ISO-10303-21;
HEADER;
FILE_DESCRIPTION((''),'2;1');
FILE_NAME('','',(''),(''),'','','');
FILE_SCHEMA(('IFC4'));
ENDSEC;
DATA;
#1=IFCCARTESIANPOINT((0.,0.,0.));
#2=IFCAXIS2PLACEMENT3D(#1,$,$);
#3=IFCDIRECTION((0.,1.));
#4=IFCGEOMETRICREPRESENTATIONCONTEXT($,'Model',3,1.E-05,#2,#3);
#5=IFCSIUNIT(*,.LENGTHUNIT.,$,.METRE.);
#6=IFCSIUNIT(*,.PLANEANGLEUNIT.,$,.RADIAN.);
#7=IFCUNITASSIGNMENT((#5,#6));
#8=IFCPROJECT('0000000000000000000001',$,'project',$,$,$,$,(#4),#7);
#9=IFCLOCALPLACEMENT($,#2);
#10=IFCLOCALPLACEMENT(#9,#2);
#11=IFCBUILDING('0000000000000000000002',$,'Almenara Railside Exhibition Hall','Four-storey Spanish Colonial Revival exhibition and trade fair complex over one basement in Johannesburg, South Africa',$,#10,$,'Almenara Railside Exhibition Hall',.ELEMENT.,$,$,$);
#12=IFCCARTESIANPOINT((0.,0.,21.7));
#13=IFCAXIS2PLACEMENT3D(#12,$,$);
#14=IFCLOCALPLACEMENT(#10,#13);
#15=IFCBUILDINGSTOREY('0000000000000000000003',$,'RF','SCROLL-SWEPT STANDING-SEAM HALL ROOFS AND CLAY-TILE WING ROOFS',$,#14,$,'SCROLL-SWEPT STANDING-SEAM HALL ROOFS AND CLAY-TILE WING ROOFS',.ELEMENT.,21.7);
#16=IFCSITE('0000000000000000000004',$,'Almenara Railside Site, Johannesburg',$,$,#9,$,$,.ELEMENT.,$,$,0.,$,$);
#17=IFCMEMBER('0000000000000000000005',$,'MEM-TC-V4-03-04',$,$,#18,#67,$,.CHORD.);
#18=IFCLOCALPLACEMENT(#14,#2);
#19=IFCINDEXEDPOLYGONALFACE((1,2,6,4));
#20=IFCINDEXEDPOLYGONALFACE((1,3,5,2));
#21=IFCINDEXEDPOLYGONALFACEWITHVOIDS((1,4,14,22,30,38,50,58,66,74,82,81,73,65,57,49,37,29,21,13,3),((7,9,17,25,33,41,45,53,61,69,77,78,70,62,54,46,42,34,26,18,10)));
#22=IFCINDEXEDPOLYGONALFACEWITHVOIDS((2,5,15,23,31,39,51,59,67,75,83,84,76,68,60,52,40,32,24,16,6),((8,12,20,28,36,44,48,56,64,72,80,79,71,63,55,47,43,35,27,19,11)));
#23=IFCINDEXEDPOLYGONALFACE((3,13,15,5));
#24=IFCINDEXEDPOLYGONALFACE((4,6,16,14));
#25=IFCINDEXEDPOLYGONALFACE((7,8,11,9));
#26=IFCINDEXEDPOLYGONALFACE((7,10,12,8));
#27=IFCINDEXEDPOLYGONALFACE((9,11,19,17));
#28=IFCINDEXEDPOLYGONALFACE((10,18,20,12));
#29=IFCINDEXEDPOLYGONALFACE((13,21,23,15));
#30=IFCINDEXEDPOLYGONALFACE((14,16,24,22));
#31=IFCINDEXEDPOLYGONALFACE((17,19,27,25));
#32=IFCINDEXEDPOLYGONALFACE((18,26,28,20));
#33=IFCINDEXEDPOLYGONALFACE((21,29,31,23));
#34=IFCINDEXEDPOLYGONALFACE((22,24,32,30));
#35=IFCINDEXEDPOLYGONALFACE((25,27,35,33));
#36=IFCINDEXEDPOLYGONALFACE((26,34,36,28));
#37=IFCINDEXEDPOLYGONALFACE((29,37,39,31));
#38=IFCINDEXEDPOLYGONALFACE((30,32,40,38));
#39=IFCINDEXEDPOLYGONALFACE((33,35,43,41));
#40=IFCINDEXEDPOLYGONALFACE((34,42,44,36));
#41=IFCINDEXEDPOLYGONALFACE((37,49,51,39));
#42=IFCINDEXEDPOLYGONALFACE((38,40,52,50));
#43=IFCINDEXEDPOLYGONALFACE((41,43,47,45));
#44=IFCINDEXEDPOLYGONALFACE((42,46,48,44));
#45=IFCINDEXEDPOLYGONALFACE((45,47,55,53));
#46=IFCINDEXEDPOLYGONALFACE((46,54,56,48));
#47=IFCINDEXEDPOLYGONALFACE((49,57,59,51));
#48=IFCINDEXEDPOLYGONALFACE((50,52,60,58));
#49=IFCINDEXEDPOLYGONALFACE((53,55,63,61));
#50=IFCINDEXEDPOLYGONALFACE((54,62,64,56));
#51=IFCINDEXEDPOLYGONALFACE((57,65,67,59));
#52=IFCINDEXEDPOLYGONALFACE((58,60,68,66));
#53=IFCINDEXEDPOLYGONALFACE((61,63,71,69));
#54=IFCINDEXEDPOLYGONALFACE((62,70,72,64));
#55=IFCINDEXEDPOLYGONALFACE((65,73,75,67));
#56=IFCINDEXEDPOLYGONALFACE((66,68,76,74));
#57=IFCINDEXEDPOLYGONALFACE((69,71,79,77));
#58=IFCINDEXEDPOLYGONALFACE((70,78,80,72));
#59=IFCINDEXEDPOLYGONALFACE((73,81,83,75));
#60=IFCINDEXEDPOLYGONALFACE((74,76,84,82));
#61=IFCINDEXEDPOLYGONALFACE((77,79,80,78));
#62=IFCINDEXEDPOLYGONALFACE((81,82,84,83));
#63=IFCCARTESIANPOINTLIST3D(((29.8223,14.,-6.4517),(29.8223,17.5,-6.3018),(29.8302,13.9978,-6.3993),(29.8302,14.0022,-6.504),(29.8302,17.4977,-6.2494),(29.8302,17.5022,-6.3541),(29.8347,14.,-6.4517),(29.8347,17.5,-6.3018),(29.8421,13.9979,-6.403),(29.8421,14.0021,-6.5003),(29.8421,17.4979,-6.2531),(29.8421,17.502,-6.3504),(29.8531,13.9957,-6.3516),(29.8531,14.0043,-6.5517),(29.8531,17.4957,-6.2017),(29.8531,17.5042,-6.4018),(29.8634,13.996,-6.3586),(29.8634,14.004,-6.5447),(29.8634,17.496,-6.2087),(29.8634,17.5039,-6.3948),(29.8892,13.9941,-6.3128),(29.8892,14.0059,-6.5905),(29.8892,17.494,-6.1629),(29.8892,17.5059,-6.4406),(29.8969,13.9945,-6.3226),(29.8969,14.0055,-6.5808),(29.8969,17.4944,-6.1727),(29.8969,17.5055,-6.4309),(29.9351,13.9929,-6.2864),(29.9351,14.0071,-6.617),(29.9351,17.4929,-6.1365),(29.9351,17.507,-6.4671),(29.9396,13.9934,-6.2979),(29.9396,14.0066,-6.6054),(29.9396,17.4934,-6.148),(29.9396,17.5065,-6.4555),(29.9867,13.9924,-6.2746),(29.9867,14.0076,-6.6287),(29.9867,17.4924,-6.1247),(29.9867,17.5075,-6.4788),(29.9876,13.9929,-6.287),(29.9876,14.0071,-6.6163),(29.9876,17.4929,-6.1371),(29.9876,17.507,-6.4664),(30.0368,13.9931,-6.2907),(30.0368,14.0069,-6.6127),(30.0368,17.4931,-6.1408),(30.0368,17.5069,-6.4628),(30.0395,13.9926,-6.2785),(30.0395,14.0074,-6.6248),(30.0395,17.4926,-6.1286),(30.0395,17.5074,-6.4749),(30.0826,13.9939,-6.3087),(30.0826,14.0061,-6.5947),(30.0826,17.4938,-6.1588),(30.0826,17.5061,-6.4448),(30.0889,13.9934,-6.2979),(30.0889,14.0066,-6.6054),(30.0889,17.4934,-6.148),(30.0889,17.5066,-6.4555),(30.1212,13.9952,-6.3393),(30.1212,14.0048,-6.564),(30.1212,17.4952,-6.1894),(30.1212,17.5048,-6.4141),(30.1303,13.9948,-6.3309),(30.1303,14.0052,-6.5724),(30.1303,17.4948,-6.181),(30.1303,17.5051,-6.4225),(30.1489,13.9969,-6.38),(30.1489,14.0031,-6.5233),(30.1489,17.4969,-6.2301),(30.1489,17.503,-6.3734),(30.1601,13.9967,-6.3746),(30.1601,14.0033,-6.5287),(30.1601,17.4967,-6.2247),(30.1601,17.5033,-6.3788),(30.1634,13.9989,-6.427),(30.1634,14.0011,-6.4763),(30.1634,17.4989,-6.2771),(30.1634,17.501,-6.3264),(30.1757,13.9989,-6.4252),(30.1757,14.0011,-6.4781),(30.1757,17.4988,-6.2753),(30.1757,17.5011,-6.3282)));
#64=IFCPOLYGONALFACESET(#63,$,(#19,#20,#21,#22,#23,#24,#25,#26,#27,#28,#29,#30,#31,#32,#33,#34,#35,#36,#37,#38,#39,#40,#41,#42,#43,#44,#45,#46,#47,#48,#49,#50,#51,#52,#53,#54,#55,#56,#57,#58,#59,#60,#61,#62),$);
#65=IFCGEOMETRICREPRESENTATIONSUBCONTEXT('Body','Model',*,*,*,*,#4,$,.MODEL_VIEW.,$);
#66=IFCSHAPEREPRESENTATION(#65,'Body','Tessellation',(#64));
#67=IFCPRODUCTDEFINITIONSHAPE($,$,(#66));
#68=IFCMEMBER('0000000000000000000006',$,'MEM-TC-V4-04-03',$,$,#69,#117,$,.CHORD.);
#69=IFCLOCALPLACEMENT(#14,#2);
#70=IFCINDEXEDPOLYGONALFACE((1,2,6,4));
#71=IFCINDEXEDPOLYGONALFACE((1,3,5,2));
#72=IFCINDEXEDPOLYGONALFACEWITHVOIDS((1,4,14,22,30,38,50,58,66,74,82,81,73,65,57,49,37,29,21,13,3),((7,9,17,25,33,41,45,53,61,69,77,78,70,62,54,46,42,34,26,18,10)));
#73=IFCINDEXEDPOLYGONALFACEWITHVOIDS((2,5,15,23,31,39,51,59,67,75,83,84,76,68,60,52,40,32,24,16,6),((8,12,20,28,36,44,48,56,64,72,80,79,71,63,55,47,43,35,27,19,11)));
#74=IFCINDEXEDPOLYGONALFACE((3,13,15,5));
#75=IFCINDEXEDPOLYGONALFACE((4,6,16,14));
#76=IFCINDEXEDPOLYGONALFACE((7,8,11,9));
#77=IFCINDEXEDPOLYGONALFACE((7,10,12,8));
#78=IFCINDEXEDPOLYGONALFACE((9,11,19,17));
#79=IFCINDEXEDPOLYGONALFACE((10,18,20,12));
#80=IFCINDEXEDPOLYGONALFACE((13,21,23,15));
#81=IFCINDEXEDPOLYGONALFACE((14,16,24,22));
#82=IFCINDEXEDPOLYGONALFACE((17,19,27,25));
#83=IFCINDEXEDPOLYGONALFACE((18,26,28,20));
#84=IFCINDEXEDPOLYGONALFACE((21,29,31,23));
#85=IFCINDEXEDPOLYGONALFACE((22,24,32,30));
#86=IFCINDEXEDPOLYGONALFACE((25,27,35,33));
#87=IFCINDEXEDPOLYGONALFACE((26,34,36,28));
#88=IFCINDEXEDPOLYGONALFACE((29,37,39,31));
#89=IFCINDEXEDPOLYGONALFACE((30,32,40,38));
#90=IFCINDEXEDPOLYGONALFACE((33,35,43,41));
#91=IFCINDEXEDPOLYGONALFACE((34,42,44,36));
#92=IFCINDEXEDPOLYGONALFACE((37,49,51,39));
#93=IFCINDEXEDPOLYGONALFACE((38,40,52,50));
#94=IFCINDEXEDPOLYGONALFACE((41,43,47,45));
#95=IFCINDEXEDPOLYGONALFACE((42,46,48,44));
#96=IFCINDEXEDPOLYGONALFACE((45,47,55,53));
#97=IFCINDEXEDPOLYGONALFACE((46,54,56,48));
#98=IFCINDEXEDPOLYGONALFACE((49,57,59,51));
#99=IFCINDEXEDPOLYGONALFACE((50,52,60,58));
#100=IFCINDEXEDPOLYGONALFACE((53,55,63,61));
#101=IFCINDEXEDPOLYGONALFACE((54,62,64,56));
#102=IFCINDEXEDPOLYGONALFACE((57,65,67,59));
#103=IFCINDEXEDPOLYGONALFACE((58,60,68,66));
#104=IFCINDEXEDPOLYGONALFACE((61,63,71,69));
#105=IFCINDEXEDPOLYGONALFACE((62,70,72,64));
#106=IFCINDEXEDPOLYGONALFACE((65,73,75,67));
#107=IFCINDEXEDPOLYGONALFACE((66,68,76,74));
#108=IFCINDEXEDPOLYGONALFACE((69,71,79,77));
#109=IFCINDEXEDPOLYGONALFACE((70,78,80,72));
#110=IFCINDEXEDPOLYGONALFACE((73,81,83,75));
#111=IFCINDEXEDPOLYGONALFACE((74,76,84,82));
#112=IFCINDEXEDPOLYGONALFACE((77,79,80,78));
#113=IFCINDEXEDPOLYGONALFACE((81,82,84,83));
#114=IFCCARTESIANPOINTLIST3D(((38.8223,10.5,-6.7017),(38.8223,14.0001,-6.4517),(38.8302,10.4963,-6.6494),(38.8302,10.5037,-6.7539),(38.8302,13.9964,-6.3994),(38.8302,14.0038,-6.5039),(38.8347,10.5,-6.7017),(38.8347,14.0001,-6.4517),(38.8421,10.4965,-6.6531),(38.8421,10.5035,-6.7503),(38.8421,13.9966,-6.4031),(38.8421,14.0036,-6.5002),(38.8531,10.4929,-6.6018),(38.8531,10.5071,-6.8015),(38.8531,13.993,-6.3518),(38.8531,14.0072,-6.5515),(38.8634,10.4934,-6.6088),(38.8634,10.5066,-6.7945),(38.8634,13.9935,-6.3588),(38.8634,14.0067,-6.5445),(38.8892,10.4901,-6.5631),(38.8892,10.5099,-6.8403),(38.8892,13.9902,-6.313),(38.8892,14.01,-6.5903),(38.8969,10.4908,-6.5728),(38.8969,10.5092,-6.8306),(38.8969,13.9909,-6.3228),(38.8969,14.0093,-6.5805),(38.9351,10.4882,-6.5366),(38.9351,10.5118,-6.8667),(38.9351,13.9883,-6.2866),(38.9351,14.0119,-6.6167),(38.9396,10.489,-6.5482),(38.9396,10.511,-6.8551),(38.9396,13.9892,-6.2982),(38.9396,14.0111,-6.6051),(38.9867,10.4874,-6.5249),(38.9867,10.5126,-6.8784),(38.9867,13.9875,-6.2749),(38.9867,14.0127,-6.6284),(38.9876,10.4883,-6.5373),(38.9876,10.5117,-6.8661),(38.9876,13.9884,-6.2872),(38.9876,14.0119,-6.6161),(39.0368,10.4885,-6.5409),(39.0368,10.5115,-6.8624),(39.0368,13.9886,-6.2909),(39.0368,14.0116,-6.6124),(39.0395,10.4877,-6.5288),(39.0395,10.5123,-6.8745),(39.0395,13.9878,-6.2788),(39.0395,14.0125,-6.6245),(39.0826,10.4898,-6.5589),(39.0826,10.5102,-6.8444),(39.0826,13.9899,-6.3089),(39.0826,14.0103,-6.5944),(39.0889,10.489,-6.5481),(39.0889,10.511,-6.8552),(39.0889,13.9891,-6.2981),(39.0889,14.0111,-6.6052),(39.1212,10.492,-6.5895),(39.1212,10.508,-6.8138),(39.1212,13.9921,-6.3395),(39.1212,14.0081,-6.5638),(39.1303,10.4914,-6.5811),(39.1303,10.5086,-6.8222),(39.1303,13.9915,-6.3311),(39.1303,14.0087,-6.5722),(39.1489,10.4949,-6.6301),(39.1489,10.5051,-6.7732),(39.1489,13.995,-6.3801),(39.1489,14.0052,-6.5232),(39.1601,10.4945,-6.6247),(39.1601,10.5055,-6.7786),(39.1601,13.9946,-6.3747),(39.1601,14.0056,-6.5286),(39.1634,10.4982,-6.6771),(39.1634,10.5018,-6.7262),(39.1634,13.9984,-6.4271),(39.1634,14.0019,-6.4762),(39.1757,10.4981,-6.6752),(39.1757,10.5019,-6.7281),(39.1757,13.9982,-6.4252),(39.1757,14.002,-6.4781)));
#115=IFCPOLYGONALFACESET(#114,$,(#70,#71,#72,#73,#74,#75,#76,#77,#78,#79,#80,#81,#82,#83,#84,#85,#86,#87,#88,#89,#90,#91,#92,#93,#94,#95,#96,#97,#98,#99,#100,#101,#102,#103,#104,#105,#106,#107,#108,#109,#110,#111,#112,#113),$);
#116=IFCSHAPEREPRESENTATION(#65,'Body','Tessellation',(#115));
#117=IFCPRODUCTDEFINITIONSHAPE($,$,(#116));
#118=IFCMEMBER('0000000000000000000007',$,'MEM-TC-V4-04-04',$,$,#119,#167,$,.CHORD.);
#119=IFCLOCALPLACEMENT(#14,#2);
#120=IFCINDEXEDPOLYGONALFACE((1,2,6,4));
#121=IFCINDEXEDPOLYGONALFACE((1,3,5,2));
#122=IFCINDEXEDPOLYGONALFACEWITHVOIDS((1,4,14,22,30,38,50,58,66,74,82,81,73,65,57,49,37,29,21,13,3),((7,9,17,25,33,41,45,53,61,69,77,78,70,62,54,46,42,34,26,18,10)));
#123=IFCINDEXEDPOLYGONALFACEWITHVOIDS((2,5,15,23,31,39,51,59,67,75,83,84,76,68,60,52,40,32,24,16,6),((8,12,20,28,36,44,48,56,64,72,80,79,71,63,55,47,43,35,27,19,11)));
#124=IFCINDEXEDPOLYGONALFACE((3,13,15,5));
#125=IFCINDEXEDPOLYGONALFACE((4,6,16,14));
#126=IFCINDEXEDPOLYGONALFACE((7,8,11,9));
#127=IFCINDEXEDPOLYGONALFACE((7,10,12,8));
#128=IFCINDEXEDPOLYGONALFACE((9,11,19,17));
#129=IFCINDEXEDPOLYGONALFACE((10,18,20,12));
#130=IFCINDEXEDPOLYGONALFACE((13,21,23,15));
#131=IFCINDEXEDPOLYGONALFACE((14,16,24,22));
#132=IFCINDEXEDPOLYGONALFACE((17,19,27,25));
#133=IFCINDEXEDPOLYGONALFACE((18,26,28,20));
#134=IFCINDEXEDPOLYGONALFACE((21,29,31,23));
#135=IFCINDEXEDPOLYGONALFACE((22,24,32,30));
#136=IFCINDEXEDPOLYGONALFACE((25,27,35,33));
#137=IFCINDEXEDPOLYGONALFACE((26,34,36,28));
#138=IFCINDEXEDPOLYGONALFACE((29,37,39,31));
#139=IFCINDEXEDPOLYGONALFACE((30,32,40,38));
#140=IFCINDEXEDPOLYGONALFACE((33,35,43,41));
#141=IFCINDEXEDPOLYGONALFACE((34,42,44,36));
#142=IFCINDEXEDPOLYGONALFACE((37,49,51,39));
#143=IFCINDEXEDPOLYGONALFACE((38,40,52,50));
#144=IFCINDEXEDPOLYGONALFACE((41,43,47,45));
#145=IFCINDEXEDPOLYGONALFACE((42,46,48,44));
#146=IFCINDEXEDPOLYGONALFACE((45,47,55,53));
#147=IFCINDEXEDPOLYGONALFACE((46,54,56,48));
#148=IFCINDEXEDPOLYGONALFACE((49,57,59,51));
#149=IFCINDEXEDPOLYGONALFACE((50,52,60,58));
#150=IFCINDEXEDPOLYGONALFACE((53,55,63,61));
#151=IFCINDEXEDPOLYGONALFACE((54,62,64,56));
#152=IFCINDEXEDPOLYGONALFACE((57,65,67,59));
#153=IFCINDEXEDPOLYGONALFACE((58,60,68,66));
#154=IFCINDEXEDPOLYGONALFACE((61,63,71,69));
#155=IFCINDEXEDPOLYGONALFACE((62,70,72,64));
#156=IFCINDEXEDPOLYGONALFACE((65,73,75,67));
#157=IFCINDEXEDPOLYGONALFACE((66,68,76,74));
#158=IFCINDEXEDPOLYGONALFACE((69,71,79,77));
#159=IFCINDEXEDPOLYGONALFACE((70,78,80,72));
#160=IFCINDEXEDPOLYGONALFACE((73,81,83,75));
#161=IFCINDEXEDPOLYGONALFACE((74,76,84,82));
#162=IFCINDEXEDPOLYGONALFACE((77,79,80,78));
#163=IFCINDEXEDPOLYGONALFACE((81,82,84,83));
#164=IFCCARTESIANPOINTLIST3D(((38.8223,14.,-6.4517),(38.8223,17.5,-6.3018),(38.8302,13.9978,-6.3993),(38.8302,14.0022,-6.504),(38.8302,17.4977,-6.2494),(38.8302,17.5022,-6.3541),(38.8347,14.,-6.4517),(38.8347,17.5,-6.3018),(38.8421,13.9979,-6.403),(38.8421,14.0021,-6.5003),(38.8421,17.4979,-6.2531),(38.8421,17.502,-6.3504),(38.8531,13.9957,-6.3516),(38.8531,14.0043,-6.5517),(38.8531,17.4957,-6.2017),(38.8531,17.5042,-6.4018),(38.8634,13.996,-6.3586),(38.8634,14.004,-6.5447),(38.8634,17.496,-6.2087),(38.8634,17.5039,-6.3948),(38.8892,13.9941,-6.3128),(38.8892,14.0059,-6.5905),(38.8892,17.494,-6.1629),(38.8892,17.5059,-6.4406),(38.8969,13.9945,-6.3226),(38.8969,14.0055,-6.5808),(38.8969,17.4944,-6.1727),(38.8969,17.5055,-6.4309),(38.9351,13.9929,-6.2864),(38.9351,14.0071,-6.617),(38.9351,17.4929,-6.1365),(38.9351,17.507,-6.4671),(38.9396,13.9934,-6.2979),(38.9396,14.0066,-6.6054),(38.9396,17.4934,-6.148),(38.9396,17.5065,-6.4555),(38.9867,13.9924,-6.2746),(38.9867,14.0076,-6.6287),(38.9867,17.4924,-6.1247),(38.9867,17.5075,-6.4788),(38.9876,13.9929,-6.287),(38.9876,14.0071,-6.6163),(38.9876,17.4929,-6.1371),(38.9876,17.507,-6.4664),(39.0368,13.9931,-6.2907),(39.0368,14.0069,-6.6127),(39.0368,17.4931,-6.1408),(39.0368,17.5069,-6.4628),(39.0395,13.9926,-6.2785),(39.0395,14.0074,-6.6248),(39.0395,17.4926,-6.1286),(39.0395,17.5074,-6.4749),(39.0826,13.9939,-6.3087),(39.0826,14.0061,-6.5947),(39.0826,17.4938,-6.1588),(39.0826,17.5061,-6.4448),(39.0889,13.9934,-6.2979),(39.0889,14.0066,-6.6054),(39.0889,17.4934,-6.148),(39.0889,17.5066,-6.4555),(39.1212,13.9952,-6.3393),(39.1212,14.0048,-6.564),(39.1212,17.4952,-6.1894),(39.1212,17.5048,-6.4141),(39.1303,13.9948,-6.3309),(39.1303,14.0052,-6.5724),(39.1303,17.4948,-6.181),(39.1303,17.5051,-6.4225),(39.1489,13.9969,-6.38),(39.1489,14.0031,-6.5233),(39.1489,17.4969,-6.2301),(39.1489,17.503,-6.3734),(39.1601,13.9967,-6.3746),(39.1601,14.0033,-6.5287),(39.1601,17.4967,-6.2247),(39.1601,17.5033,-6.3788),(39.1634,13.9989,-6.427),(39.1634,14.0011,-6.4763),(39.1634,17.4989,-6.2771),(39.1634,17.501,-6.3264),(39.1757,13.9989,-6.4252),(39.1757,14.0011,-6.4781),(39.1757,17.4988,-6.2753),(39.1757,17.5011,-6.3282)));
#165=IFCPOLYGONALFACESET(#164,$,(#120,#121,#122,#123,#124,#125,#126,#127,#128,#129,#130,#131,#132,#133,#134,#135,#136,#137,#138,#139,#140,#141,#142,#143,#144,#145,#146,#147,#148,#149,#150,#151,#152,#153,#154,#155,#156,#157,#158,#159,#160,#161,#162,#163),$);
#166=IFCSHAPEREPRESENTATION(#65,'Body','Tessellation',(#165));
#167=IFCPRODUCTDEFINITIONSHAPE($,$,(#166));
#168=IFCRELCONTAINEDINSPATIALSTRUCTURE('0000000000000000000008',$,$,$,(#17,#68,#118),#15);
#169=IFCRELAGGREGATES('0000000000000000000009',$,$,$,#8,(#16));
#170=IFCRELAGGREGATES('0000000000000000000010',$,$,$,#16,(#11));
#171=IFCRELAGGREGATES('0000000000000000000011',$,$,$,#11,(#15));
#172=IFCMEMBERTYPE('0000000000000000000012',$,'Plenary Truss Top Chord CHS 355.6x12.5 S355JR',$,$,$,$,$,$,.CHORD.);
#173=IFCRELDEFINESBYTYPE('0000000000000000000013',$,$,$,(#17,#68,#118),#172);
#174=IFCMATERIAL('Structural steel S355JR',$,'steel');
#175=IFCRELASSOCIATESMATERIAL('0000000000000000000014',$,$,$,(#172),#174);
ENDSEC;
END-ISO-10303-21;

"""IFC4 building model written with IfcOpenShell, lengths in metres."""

from ifc_helpers import new_model, si_unit, direction, frame, origin, origin_2d, place, context, subcontext, project, spatial, hollow_circle, extrude, material, material_profile, profile_set, type_object, element, save


model = new_model("IFC4")

# Units and contexts
model_context = context("Model", 3, precision=1e-05, world=origin(), true_north=direction((0.0, 1.0)))
body_context = subcontext(model_context, "Body", "Model", "MODEL_VIEW")
ifc_project = project(units=[si_unit("LENGTHUNIT", "METRE"), si_unit("PLANEANGLEUNIT", "RADIAN")], contexts=[model_context])

# Site, building, storey
site_placement = place(None, origin())
site = spatial("IfcSite", under=ifc_project, at=site_placement, Name="Almenara Railside Site, Johannesburg", CompositionType="ELEMENT", RefElevation=0.0)
building_placement = place(site_placement, origin())
building = spatial("IfcBuilding", under=site, at=building_placement, Name="Almenara Railside Exhibition Hall", Description="Four-storey Spanish Colonial Revival exhibition and trade fair complex over one basement in Johannesburg, South Africa", LongName="Almenara Railside Exhibition Hall", CompositionType="ELEMENT")
storey_placement = place(building_placement, frame((0.0, 0.0, 21.7)))
storey = spatial("IfcBuildingStorey", under=building, at=storey_placement, Name="RF", Description="SCROLL-SWEPT STANDING-SEAM HALL ROOFS AND CLAY-TILE WING ROOFS", LongName="SCROLL-SWEPT STANDING-SEAM HALL ROOFS AND CLAY-TILE WING ROOFS", CompositionType="ELEMENT", Elevation=21.7)

# Members
ifc_material_1 = material(Name="Structural steel S355JR", Category="steel")
ifc_material_profile_1 = material_profile(ifc_material_1, hollow_circle(Radius=0.1777, WallThickness=0.0125, at=origin_2d()), Name="CHS 355.6x12.5")
ifc_profile_set_1 = profile_set([ifc_material_profile_1], Name="Structural steel S355JR")
member_type_1 = type_object("IfcMemberType", Name="Plenary Truss Top Chord CHS 355.6x12.5 S355JR", PredefinedType="CHORD", material=ifc_profile_set_1)
member_1_placement = place(storey_placement, frame((30.0, 14.0, -6.4517), z_axis=(0.0, 0.999084, 0.04279), x_axis=(-1.0, 0.0, 0.0)))
element("IfcMember", 1, at=member_1_placement, inside=storey, type_object=member_type_1, Name="MEM-TC-V4-03-04", PredefinedType="CHORD", context=body_context, shape_type="SweptSolid", body=[
    extrude(hollow_circle(Radius=0.1777, WallThickness=0.0125, at=origin_2d()), origin(), (0.0, 0.0, 1.0), 3.5032),
])
member_2_placement = place(storey_placement, frame((39.0, 10.5, -6.7017), z_axis=(0.0, 0.997459, 0.071247), x_axis=(-1.0, 0.0, 0.0)))
element("IfcMember", 2, at=member_2_placement, inside=storey, type_object=member_type_1, Name="MEM-TC-V4-04-03", PredefinedType="CHORD", context=body_context, shape_type="SweptSolid", body=[
    extrude(hollow_circle(Radius=0.1777, WallThickness=0.0125, at=origin_2d()), origin(), (0.0, 0.0, 1.0), 3.509),
])
member_3_placement = place(storey_placement, frame((39.0, 14.0, -6.4517), z_axis=(0.0, 0.999084, 0.04279), x_axis=(-1.0, 0.0, 0.0)))
element("IfcMember", 3, at=member_3_placement, inside=storey, type_object=member_type_1, Name="MEM-TC-V4-04-04", PredefinedType="CHORD", context=body_context, shape_type="SweptSolid", body=[
    extrude(hollow_circle(Radius=0.1777, WallThickness=0.0125, at=origin_2d()), origin(), (0.0, 0.0, 1.0), 3.5032),
])

save(model, "model.ifc")
